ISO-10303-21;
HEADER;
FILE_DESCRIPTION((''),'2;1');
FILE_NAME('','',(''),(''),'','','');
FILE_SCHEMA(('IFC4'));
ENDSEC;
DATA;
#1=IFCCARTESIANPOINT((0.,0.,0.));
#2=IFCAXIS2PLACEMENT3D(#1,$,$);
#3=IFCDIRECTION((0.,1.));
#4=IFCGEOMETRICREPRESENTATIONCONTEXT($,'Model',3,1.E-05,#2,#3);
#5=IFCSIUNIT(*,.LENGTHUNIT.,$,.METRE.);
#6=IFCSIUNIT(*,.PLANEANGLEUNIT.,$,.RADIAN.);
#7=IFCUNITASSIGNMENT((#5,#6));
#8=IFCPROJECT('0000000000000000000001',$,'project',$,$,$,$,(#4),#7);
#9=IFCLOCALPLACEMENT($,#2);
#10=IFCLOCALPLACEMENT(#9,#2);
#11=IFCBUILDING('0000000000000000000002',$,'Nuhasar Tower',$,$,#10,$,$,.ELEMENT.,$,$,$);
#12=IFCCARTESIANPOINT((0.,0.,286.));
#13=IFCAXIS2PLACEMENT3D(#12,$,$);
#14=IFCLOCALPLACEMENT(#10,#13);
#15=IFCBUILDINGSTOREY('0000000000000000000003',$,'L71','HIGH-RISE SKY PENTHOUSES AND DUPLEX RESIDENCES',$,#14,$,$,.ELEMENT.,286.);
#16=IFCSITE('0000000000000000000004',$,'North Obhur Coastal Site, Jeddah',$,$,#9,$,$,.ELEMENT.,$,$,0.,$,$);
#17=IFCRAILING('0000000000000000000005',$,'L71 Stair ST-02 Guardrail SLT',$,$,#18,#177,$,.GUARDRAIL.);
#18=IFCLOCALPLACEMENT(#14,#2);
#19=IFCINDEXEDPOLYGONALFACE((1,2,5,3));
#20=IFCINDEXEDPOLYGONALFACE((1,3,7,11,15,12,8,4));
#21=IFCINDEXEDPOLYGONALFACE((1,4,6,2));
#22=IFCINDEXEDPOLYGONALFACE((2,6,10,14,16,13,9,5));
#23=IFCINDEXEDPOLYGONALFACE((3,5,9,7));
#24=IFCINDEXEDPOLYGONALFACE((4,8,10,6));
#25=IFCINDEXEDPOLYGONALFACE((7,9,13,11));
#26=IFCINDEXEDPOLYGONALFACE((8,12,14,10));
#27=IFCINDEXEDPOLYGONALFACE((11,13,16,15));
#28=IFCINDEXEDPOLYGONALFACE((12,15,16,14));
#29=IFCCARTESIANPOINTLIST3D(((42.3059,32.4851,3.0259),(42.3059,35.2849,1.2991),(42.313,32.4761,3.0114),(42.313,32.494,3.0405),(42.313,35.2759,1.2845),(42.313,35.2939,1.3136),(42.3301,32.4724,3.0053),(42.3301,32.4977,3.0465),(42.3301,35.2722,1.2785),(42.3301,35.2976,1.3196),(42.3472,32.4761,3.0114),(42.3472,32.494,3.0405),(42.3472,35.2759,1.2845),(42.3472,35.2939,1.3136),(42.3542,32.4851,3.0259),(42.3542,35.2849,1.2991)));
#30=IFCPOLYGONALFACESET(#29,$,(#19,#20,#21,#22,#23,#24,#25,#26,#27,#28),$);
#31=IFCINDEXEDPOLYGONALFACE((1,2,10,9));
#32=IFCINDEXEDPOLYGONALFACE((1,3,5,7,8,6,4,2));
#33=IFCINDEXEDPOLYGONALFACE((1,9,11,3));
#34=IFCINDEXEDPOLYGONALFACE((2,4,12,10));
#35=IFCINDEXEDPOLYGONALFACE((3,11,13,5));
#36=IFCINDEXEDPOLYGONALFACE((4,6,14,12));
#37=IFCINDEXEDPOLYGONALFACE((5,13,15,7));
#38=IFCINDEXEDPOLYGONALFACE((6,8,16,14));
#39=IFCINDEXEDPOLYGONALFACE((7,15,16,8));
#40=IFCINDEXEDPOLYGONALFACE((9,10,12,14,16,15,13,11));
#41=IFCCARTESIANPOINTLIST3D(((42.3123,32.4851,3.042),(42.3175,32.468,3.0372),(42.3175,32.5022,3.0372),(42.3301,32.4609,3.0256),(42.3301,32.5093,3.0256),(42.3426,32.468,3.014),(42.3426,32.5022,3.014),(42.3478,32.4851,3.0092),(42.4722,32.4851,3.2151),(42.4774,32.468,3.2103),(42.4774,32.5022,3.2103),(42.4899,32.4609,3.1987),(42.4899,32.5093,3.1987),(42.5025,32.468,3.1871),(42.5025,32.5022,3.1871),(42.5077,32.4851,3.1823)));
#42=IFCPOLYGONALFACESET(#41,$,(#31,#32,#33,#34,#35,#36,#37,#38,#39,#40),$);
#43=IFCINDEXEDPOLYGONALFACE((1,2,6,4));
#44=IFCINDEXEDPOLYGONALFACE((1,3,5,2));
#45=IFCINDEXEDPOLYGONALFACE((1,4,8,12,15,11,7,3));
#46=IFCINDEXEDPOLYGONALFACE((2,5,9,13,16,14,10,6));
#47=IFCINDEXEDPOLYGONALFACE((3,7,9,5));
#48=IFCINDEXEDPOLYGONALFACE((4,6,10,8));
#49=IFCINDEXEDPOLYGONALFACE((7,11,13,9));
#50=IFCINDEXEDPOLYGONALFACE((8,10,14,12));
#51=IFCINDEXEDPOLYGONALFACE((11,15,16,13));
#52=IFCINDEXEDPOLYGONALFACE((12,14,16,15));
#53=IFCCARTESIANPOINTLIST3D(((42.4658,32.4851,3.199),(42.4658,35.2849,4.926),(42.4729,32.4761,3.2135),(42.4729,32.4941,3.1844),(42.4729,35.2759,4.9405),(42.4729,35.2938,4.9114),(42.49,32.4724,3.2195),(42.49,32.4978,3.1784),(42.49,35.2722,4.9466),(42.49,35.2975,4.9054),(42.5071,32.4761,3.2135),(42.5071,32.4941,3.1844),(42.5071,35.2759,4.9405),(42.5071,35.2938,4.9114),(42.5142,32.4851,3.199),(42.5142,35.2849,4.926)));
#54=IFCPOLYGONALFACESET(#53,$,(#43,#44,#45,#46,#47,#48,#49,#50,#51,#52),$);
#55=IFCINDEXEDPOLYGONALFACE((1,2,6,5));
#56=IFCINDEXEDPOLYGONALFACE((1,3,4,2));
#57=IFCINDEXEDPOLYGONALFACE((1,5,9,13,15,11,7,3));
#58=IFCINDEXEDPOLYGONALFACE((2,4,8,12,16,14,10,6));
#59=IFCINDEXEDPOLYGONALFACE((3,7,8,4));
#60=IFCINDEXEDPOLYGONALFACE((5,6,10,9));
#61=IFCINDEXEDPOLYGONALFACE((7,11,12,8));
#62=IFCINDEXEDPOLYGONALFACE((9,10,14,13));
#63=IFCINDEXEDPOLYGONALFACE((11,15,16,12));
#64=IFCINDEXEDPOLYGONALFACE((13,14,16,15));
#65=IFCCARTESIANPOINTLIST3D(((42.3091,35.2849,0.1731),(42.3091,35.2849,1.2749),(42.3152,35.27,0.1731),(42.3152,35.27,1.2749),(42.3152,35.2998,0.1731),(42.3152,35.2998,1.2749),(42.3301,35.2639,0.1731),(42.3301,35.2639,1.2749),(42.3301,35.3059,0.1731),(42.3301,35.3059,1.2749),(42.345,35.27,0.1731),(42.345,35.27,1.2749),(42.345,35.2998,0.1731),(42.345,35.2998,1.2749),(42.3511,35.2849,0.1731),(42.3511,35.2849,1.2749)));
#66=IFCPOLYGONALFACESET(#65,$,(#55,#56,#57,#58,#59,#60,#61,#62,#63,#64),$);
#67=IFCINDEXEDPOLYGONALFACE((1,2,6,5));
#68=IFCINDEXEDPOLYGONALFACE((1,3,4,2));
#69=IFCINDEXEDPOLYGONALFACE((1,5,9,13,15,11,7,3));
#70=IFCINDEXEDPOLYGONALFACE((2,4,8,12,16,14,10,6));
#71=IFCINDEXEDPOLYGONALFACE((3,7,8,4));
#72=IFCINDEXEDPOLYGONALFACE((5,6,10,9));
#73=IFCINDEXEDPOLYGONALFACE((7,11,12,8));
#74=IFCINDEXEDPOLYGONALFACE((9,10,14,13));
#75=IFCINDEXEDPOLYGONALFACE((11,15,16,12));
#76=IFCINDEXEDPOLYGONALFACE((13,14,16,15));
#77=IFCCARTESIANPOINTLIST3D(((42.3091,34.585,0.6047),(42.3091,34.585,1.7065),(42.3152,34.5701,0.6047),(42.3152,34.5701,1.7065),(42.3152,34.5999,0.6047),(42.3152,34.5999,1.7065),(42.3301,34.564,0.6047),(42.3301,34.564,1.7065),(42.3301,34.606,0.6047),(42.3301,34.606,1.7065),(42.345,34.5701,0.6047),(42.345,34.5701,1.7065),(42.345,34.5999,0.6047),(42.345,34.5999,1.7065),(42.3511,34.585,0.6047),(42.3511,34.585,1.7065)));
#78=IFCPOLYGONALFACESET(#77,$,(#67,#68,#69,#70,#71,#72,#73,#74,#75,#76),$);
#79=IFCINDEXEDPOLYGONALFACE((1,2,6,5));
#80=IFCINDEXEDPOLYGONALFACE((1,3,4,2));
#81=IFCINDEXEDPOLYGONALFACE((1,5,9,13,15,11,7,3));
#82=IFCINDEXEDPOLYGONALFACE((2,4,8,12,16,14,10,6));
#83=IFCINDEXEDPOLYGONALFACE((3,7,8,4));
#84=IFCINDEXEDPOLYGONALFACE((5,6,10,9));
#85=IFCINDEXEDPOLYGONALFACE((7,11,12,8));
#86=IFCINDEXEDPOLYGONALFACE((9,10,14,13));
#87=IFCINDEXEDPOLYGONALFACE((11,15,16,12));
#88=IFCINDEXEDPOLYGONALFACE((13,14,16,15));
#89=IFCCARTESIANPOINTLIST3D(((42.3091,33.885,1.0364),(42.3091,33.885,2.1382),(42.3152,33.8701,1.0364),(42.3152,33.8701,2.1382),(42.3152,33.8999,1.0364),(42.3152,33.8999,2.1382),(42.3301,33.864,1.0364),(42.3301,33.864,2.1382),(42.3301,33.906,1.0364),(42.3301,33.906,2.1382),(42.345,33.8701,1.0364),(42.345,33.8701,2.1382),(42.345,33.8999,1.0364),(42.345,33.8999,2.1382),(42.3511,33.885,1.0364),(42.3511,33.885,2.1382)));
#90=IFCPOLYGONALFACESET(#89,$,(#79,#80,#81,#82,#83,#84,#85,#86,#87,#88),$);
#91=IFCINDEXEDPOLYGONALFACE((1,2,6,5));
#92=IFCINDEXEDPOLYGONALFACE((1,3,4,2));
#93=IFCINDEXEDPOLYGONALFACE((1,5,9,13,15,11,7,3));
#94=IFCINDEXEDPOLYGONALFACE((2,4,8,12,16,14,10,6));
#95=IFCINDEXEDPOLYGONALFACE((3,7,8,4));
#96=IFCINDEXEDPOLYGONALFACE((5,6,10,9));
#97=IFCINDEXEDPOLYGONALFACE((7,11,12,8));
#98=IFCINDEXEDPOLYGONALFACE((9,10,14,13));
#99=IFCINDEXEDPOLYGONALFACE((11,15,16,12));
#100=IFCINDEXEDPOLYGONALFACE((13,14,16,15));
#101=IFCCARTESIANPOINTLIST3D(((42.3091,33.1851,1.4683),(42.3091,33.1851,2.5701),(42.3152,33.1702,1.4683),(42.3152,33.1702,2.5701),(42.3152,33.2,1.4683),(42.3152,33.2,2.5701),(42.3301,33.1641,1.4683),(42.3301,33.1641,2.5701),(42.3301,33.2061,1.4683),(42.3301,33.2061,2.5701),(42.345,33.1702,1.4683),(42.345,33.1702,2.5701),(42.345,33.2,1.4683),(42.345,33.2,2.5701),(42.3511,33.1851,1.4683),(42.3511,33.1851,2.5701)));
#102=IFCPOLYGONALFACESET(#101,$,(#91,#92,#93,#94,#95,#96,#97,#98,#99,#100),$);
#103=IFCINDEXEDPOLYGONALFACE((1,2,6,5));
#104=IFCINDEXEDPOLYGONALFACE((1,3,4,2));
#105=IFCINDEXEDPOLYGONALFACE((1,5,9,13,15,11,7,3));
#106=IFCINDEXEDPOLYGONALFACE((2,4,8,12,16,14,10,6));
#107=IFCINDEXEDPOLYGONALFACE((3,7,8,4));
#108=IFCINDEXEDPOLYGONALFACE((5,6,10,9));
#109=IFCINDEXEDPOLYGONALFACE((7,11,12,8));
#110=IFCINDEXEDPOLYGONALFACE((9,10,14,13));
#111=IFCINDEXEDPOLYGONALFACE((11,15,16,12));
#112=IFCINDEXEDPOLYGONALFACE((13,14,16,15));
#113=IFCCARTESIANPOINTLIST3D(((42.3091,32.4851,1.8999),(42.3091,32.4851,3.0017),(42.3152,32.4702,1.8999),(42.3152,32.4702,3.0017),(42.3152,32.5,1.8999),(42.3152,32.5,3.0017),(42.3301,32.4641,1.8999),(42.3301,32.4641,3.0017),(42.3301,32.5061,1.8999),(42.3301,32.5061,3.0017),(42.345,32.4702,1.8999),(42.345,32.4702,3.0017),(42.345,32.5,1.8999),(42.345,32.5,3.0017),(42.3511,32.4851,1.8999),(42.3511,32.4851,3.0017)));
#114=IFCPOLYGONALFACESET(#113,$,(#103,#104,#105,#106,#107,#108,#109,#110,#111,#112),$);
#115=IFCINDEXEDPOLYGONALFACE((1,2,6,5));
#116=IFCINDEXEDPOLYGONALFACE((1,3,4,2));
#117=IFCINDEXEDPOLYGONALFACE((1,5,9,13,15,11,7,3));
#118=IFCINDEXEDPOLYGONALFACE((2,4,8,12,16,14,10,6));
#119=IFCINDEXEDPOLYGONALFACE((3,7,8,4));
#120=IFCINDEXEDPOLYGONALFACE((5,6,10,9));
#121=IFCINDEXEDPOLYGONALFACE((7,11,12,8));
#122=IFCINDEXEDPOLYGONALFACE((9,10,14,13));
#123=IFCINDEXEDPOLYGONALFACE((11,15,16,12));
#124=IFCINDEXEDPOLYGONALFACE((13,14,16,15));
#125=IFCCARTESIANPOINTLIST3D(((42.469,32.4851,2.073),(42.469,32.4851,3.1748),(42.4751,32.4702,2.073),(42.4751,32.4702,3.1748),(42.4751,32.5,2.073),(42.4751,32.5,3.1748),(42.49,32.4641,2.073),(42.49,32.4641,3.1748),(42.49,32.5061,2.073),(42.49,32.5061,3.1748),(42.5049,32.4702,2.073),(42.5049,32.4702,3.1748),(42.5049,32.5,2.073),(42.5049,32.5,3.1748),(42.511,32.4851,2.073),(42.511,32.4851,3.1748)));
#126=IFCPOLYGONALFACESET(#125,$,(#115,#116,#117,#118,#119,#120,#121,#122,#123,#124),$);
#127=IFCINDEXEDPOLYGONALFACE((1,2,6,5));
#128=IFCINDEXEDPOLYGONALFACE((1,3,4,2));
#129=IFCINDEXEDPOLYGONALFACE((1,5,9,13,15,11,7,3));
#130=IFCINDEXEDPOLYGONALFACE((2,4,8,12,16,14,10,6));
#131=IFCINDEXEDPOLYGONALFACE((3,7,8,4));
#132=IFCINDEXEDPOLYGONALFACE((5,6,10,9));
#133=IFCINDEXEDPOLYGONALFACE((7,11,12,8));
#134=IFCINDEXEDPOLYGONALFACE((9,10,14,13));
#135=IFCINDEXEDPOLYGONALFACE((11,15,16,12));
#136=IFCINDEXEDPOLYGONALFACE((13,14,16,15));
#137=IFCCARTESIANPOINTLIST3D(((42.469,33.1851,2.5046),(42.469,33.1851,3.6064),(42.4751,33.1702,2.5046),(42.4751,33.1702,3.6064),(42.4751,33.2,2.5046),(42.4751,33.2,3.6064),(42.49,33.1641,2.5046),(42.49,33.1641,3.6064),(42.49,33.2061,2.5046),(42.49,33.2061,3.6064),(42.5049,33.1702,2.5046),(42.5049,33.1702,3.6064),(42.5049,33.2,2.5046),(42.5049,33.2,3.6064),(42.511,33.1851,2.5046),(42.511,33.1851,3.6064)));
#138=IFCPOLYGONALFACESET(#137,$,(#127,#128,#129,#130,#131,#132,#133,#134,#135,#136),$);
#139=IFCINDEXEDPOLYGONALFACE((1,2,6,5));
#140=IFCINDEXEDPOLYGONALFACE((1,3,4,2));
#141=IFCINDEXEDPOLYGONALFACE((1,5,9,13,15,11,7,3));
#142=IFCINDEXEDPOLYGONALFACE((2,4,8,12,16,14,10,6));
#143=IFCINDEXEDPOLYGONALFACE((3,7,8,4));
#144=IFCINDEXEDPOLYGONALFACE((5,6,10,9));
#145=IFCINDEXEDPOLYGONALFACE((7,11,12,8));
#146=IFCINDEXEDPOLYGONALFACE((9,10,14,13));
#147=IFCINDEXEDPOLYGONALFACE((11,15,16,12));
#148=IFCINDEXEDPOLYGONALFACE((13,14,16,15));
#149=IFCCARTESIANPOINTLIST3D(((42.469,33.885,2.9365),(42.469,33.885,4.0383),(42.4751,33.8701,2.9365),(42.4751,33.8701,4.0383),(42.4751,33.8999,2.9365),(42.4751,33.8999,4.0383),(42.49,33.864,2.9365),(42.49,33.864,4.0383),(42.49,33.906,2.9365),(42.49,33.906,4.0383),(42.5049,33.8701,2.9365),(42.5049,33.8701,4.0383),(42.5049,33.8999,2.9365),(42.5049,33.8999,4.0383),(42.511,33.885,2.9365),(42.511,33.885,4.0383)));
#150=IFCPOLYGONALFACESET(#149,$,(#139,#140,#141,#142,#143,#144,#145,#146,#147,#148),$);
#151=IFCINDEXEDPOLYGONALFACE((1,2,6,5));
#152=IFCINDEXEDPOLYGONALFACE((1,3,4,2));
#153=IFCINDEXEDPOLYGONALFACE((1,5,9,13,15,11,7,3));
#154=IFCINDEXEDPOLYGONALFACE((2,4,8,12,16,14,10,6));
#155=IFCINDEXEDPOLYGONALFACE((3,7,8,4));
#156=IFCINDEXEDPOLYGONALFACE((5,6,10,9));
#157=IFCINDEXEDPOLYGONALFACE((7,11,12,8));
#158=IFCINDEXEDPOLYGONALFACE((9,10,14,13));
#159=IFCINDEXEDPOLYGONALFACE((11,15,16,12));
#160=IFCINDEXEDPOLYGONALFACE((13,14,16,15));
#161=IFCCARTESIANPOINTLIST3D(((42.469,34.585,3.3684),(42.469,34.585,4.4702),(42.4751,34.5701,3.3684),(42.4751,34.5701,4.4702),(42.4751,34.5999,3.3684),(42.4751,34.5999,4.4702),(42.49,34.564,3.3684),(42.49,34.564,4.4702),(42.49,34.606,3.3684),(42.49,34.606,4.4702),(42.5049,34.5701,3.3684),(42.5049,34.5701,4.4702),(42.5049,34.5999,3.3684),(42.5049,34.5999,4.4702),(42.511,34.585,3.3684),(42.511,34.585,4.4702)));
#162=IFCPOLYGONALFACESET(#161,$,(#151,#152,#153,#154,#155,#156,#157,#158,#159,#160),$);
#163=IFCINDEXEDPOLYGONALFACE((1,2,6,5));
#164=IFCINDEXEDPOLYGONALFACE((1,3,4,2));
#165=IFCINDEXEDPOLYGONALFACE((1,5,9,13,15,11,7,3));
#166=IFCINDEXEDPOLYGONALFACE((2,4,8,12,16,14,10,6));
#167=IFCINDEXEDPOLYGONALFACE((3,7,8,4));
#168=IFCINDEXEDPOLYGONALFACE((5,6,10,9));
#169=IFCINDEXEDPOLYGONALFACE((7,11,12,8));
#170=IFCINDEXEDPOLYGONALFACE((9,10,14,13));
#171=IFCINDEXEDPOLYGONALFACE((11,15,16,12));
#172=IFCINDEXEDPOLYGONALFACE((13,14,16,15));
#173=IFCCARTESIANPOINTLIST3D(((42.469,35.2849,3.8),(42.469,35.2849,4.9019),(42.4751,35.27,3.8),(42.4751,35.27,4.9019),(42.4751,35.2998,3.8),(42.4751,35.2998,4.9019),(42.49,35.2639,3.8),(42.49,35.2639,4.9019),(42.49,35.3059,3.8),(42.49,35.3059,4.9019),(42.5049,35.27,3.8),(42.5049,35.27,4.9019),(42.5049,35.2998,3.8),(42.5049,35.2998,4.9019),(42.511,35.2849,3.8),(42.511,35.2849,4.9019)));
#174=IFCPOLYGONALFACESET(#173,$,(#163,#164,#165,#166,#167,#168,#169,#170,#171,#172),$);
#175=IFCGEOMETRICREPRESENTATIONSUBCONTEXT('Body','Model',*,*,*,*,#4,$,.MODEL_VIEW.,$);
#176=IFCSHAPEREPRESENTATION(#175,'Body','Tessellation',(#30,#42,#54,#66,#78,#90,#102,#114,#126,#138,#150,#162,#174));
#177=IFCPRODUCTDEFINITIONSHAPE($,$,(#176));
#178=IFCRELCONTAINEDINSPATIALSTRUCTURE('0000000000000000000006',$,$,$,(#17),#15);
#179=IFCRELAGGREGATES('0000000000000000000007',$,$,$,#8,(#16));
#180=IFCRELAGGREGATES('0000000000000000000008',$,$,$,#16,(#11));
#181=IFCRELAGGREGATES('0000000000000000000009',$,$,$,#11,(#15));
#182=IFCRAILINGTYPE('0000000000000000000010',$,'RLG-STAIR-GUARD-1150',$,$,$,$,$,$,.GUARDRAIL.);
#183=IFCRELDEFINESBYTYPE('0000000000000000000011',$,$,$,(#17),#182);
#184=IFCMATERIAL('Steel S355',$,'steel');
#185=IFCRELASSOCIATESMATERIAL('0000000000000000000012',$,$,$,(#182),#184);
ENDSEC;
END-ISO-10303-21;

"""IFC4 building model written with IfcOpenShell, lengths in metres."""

from ifc_helpers import new_model, si_unit, direction, frame, origin, place, context, subcontext, project, spatial, polyline, outline, extrude, material, type_object, element, save


model = new_model("IFC4")

# Units and contexts
model_context = context("Model", 3, precision=1e-05, world=origin(), true_north=direction((0.0, 1.0)))
body_context = subcontext(model_context, "Body", "Model", "MODEL_VIEW")
ifc_project = project(units=[si_unit("LENGTHUNIT", "METRE"), si_unit("PLANEANGLEUNIT", "RADIAN")], contexts=[model_context])

# Site, building, storey
site_placement = place(None, origin())
site = spatial("IfcSite", under=ifc_project, at=site_placement, Name="North Obhur Coastal Site, Jeddah", CompositionType="ELEMENT", RefElevation=0.0)
building_placement = place(site_placement, origin())
building = spatial("IfcBuilding", under=site, at=building_placement, Name="Nuhasar Tower", CompositionType="ELEMENT")
storey_placement = place(building_placement, frame((0.0, 0.0, 286.0)))
storey = spatial("IfcBuildingStorey", under=building, at=storey_placement, Name="L71", Description="HIGH-RISE SKY PENTHOUSES AND DUPLEX RESIDENCES", CompositionType="ELEMENT", Elevation=286.0)

# Shared definitions
ifc_material_1 = material(Name="Steel S355", Category="steel")

# Railing
railing_type_1 = type_object("IfcRailingType", Name="RLG-STAIR-GUARD-1150", PredefinedType="GUARDRAIL", material=ifc_material_1)
railing_1_placement = place(storey_placement, frame((42.3301, 35.2849, 0.1731)))
element("IfcRailing", 1, at=railing_1_placement, inside=storey, type_object=railing_type_1, Name="L71 Stair ST-02 Guardrail SLT", PredefinedType="GUARDRAIL", context=body_context, shape_type="SweptSolid", body=[
    extrude(outline(polyline([(0.0242, 0.0), (0.0171, 0.0171), (0.0, 0.0242), (-0.0171, 0.0171), (-0.0242, 0.0), (-0.0171, -0.0171), (0.0, -0.0242), (0.0171, -0.0171), (0.0242, 0.0)])), frame((0.0, 0.0, 1.126), z_axis=(0.0, -0.851135, 0.524946), x_axis=(1.0, 0.0, 0.0)), (0.0, 0.0, 1.0), 3.2896),
    extrude(outline(polyline([(0.0242, 0.0), (0.0171, 0.0171), (0.0, 0.0242), (-0.0171, 0.0171), (-0.0242, 0.0), (-0.0171, -0.0171), (0.0, -0.0242), (0.0171, -0.0171), (0.0242, 0.0)])), frame((0.0, -2.7998, 2.8525), z_axis=(0.678581, 0.0, 0.734525), x_axis=(0.0, 1.0, 0.0)), (0.0, 0.0, 1.0), 0.2356),
    extrude(outline(polyline([(0.0242, 0.0), (0.0171, 0.0171), (0.0, 0.0242), (-0.0171, 0.0171), (-0.0242, 0.0), (-0.0171, -0.0171), (0.0, -0.0242), (0.0171, -0.0171), (0.0242, 0.0)])), frame((0.1599, -2.7998, 3.0259), z_axis=(0.0, 0.851102, 0.525), x_axis=(-1.0, 0.0, 0.0)), (0.0, 0.0, 1.0), 3.2896),
    extrude(outline(polyline([(0.021, 0.0), (0.0149, 0.0149), (0.0, 0.021), (-0.0149, 0.0149), (-0.021, 0.0), (-0.0149, -0.0149), (0.0, -0.021), (0.0149, -0.0149), (0.021, 0.0)])), origin(), (0.0, 0.0, 1.0), 1.1018),
    extrude(outline(polyline([(0.021, 0.0), (0.0149, 0.0149), (0.0, 0.021), (-0.0149, 0.0149), (-0.021, 0.0), (-0.0149, -0.0149), (0.0, -0.021), (0.0149, -0.0149), (0.021, 0.0)])), frame((0.0, -0.7, 0.4316)), (0.0, 0.0, 1.0), 1.1018),
    extrude(outline(polyline([(0.021, 0.0), (0.0149, 0.0149), (0.0, 0.021), (-0.0149, 0.0149), (-0.021, 0.0), (-0.0149, -0.0149), (0.0, -0.021), (0.0149, -0.0149), (0.021, 0.0)])), frame((0.0, -1.3999, 0.8633)), (0.0, 0.0, 1.0), 1.1018),
    extrude(outline(polyline([(0.021, 0.0), (0.0149, 0.0149), (0.0, 0.021), (-0.0149, 0.0149), (-0.021, 0.0), (-0.0149, -0.0149), (0.0, -0.021), (0.0149, -0.0149), (0.021, 0.0)])), frame((0.0, -2.0999, 1.2952)), (0.0, 0.0, 1.0), 1.1018),
    extrude(outline(polyline([(0.021, 0.0), (0.0149, 0.0149), (0.0, 0.021), (-0.0149, 0.0149), (-0.021, 0.0), (-0.0149, -0.0149), (0.0, -0.021), (0.0149, -0.0149), (0.021, 0.0)])), frame((0.0, -2.7998, 1.7268)), (0.0, 0.0, 1.0), 1.1018),
    extrude(outline(polyline([(0.021, 0.0), (0.0149, 0.0149), (0.0, 0.021), (-0.0149, 0.0149), (-0.021, 0.0), (-0.0149, -0.0149), (0.0, -0.021), (0.0149, -0.0149), (0.021, 0.0)])), frame((0.1599, -2.7998, 1.8999)), (0.0, 0.0, 1.0), 1.1018),
    extrude(outline(polyline([(0.021, 0.0), (0.0149, 0.0149), (0.0, 0.021), (-0.0149, 0.0149), (-0.021, 0.0), (-0.0149, -0.0149), (0.0, -0.021), (0.0149, -0.0149), (0.021, 0.0)])), frame((0.1599, -2.0999, 2.3315)), (0.0, 0.0, 1.0), 1.1018),
    extrude(outline(polyline([(0.021, 0.0), (0.0149, 0.0149), (0.0, 0.021), (-0.0149, 0.0149), (-0.021, 0.0), (-0.0149, -0.0149), (0.0, -0.021), (0.0149, -0.0149), (0.021, 0.0)])), frame((0.1599, -1.3999, 2.7634)), (0.0, 0.0, 1.0), 1.1018),
    extrude(outline(polyline([(0.021, 0.0), (0.0149, 0.0149), (0.0, 0.021), (-0.0149, 0.0149), (-0.021, 0.0), (-0.0149, -0.0149), (0.0, -0.021), (0.0149, -0.0149), (0.021, 0.0)])), frame((0.1599, -0.7, 3.1953)), (0.0, 0.0, 1.0), 1.1018),
    extrude(outline(polyline([(0.021, 0.0), (0.0149, 0.0149), (0.0, 0.021), (-0.0149, 0.0149), (-0.021, 0.0), (-0.0149, -0.0149), (0.0, -0.021), (0.0149, -0.0149), (0.021, 0.0)])), frame((0.1599, 0.0, 3.627)), (0.0, 0.0, 1.0), 1.1018),
])

save(model, "model.ifc")
